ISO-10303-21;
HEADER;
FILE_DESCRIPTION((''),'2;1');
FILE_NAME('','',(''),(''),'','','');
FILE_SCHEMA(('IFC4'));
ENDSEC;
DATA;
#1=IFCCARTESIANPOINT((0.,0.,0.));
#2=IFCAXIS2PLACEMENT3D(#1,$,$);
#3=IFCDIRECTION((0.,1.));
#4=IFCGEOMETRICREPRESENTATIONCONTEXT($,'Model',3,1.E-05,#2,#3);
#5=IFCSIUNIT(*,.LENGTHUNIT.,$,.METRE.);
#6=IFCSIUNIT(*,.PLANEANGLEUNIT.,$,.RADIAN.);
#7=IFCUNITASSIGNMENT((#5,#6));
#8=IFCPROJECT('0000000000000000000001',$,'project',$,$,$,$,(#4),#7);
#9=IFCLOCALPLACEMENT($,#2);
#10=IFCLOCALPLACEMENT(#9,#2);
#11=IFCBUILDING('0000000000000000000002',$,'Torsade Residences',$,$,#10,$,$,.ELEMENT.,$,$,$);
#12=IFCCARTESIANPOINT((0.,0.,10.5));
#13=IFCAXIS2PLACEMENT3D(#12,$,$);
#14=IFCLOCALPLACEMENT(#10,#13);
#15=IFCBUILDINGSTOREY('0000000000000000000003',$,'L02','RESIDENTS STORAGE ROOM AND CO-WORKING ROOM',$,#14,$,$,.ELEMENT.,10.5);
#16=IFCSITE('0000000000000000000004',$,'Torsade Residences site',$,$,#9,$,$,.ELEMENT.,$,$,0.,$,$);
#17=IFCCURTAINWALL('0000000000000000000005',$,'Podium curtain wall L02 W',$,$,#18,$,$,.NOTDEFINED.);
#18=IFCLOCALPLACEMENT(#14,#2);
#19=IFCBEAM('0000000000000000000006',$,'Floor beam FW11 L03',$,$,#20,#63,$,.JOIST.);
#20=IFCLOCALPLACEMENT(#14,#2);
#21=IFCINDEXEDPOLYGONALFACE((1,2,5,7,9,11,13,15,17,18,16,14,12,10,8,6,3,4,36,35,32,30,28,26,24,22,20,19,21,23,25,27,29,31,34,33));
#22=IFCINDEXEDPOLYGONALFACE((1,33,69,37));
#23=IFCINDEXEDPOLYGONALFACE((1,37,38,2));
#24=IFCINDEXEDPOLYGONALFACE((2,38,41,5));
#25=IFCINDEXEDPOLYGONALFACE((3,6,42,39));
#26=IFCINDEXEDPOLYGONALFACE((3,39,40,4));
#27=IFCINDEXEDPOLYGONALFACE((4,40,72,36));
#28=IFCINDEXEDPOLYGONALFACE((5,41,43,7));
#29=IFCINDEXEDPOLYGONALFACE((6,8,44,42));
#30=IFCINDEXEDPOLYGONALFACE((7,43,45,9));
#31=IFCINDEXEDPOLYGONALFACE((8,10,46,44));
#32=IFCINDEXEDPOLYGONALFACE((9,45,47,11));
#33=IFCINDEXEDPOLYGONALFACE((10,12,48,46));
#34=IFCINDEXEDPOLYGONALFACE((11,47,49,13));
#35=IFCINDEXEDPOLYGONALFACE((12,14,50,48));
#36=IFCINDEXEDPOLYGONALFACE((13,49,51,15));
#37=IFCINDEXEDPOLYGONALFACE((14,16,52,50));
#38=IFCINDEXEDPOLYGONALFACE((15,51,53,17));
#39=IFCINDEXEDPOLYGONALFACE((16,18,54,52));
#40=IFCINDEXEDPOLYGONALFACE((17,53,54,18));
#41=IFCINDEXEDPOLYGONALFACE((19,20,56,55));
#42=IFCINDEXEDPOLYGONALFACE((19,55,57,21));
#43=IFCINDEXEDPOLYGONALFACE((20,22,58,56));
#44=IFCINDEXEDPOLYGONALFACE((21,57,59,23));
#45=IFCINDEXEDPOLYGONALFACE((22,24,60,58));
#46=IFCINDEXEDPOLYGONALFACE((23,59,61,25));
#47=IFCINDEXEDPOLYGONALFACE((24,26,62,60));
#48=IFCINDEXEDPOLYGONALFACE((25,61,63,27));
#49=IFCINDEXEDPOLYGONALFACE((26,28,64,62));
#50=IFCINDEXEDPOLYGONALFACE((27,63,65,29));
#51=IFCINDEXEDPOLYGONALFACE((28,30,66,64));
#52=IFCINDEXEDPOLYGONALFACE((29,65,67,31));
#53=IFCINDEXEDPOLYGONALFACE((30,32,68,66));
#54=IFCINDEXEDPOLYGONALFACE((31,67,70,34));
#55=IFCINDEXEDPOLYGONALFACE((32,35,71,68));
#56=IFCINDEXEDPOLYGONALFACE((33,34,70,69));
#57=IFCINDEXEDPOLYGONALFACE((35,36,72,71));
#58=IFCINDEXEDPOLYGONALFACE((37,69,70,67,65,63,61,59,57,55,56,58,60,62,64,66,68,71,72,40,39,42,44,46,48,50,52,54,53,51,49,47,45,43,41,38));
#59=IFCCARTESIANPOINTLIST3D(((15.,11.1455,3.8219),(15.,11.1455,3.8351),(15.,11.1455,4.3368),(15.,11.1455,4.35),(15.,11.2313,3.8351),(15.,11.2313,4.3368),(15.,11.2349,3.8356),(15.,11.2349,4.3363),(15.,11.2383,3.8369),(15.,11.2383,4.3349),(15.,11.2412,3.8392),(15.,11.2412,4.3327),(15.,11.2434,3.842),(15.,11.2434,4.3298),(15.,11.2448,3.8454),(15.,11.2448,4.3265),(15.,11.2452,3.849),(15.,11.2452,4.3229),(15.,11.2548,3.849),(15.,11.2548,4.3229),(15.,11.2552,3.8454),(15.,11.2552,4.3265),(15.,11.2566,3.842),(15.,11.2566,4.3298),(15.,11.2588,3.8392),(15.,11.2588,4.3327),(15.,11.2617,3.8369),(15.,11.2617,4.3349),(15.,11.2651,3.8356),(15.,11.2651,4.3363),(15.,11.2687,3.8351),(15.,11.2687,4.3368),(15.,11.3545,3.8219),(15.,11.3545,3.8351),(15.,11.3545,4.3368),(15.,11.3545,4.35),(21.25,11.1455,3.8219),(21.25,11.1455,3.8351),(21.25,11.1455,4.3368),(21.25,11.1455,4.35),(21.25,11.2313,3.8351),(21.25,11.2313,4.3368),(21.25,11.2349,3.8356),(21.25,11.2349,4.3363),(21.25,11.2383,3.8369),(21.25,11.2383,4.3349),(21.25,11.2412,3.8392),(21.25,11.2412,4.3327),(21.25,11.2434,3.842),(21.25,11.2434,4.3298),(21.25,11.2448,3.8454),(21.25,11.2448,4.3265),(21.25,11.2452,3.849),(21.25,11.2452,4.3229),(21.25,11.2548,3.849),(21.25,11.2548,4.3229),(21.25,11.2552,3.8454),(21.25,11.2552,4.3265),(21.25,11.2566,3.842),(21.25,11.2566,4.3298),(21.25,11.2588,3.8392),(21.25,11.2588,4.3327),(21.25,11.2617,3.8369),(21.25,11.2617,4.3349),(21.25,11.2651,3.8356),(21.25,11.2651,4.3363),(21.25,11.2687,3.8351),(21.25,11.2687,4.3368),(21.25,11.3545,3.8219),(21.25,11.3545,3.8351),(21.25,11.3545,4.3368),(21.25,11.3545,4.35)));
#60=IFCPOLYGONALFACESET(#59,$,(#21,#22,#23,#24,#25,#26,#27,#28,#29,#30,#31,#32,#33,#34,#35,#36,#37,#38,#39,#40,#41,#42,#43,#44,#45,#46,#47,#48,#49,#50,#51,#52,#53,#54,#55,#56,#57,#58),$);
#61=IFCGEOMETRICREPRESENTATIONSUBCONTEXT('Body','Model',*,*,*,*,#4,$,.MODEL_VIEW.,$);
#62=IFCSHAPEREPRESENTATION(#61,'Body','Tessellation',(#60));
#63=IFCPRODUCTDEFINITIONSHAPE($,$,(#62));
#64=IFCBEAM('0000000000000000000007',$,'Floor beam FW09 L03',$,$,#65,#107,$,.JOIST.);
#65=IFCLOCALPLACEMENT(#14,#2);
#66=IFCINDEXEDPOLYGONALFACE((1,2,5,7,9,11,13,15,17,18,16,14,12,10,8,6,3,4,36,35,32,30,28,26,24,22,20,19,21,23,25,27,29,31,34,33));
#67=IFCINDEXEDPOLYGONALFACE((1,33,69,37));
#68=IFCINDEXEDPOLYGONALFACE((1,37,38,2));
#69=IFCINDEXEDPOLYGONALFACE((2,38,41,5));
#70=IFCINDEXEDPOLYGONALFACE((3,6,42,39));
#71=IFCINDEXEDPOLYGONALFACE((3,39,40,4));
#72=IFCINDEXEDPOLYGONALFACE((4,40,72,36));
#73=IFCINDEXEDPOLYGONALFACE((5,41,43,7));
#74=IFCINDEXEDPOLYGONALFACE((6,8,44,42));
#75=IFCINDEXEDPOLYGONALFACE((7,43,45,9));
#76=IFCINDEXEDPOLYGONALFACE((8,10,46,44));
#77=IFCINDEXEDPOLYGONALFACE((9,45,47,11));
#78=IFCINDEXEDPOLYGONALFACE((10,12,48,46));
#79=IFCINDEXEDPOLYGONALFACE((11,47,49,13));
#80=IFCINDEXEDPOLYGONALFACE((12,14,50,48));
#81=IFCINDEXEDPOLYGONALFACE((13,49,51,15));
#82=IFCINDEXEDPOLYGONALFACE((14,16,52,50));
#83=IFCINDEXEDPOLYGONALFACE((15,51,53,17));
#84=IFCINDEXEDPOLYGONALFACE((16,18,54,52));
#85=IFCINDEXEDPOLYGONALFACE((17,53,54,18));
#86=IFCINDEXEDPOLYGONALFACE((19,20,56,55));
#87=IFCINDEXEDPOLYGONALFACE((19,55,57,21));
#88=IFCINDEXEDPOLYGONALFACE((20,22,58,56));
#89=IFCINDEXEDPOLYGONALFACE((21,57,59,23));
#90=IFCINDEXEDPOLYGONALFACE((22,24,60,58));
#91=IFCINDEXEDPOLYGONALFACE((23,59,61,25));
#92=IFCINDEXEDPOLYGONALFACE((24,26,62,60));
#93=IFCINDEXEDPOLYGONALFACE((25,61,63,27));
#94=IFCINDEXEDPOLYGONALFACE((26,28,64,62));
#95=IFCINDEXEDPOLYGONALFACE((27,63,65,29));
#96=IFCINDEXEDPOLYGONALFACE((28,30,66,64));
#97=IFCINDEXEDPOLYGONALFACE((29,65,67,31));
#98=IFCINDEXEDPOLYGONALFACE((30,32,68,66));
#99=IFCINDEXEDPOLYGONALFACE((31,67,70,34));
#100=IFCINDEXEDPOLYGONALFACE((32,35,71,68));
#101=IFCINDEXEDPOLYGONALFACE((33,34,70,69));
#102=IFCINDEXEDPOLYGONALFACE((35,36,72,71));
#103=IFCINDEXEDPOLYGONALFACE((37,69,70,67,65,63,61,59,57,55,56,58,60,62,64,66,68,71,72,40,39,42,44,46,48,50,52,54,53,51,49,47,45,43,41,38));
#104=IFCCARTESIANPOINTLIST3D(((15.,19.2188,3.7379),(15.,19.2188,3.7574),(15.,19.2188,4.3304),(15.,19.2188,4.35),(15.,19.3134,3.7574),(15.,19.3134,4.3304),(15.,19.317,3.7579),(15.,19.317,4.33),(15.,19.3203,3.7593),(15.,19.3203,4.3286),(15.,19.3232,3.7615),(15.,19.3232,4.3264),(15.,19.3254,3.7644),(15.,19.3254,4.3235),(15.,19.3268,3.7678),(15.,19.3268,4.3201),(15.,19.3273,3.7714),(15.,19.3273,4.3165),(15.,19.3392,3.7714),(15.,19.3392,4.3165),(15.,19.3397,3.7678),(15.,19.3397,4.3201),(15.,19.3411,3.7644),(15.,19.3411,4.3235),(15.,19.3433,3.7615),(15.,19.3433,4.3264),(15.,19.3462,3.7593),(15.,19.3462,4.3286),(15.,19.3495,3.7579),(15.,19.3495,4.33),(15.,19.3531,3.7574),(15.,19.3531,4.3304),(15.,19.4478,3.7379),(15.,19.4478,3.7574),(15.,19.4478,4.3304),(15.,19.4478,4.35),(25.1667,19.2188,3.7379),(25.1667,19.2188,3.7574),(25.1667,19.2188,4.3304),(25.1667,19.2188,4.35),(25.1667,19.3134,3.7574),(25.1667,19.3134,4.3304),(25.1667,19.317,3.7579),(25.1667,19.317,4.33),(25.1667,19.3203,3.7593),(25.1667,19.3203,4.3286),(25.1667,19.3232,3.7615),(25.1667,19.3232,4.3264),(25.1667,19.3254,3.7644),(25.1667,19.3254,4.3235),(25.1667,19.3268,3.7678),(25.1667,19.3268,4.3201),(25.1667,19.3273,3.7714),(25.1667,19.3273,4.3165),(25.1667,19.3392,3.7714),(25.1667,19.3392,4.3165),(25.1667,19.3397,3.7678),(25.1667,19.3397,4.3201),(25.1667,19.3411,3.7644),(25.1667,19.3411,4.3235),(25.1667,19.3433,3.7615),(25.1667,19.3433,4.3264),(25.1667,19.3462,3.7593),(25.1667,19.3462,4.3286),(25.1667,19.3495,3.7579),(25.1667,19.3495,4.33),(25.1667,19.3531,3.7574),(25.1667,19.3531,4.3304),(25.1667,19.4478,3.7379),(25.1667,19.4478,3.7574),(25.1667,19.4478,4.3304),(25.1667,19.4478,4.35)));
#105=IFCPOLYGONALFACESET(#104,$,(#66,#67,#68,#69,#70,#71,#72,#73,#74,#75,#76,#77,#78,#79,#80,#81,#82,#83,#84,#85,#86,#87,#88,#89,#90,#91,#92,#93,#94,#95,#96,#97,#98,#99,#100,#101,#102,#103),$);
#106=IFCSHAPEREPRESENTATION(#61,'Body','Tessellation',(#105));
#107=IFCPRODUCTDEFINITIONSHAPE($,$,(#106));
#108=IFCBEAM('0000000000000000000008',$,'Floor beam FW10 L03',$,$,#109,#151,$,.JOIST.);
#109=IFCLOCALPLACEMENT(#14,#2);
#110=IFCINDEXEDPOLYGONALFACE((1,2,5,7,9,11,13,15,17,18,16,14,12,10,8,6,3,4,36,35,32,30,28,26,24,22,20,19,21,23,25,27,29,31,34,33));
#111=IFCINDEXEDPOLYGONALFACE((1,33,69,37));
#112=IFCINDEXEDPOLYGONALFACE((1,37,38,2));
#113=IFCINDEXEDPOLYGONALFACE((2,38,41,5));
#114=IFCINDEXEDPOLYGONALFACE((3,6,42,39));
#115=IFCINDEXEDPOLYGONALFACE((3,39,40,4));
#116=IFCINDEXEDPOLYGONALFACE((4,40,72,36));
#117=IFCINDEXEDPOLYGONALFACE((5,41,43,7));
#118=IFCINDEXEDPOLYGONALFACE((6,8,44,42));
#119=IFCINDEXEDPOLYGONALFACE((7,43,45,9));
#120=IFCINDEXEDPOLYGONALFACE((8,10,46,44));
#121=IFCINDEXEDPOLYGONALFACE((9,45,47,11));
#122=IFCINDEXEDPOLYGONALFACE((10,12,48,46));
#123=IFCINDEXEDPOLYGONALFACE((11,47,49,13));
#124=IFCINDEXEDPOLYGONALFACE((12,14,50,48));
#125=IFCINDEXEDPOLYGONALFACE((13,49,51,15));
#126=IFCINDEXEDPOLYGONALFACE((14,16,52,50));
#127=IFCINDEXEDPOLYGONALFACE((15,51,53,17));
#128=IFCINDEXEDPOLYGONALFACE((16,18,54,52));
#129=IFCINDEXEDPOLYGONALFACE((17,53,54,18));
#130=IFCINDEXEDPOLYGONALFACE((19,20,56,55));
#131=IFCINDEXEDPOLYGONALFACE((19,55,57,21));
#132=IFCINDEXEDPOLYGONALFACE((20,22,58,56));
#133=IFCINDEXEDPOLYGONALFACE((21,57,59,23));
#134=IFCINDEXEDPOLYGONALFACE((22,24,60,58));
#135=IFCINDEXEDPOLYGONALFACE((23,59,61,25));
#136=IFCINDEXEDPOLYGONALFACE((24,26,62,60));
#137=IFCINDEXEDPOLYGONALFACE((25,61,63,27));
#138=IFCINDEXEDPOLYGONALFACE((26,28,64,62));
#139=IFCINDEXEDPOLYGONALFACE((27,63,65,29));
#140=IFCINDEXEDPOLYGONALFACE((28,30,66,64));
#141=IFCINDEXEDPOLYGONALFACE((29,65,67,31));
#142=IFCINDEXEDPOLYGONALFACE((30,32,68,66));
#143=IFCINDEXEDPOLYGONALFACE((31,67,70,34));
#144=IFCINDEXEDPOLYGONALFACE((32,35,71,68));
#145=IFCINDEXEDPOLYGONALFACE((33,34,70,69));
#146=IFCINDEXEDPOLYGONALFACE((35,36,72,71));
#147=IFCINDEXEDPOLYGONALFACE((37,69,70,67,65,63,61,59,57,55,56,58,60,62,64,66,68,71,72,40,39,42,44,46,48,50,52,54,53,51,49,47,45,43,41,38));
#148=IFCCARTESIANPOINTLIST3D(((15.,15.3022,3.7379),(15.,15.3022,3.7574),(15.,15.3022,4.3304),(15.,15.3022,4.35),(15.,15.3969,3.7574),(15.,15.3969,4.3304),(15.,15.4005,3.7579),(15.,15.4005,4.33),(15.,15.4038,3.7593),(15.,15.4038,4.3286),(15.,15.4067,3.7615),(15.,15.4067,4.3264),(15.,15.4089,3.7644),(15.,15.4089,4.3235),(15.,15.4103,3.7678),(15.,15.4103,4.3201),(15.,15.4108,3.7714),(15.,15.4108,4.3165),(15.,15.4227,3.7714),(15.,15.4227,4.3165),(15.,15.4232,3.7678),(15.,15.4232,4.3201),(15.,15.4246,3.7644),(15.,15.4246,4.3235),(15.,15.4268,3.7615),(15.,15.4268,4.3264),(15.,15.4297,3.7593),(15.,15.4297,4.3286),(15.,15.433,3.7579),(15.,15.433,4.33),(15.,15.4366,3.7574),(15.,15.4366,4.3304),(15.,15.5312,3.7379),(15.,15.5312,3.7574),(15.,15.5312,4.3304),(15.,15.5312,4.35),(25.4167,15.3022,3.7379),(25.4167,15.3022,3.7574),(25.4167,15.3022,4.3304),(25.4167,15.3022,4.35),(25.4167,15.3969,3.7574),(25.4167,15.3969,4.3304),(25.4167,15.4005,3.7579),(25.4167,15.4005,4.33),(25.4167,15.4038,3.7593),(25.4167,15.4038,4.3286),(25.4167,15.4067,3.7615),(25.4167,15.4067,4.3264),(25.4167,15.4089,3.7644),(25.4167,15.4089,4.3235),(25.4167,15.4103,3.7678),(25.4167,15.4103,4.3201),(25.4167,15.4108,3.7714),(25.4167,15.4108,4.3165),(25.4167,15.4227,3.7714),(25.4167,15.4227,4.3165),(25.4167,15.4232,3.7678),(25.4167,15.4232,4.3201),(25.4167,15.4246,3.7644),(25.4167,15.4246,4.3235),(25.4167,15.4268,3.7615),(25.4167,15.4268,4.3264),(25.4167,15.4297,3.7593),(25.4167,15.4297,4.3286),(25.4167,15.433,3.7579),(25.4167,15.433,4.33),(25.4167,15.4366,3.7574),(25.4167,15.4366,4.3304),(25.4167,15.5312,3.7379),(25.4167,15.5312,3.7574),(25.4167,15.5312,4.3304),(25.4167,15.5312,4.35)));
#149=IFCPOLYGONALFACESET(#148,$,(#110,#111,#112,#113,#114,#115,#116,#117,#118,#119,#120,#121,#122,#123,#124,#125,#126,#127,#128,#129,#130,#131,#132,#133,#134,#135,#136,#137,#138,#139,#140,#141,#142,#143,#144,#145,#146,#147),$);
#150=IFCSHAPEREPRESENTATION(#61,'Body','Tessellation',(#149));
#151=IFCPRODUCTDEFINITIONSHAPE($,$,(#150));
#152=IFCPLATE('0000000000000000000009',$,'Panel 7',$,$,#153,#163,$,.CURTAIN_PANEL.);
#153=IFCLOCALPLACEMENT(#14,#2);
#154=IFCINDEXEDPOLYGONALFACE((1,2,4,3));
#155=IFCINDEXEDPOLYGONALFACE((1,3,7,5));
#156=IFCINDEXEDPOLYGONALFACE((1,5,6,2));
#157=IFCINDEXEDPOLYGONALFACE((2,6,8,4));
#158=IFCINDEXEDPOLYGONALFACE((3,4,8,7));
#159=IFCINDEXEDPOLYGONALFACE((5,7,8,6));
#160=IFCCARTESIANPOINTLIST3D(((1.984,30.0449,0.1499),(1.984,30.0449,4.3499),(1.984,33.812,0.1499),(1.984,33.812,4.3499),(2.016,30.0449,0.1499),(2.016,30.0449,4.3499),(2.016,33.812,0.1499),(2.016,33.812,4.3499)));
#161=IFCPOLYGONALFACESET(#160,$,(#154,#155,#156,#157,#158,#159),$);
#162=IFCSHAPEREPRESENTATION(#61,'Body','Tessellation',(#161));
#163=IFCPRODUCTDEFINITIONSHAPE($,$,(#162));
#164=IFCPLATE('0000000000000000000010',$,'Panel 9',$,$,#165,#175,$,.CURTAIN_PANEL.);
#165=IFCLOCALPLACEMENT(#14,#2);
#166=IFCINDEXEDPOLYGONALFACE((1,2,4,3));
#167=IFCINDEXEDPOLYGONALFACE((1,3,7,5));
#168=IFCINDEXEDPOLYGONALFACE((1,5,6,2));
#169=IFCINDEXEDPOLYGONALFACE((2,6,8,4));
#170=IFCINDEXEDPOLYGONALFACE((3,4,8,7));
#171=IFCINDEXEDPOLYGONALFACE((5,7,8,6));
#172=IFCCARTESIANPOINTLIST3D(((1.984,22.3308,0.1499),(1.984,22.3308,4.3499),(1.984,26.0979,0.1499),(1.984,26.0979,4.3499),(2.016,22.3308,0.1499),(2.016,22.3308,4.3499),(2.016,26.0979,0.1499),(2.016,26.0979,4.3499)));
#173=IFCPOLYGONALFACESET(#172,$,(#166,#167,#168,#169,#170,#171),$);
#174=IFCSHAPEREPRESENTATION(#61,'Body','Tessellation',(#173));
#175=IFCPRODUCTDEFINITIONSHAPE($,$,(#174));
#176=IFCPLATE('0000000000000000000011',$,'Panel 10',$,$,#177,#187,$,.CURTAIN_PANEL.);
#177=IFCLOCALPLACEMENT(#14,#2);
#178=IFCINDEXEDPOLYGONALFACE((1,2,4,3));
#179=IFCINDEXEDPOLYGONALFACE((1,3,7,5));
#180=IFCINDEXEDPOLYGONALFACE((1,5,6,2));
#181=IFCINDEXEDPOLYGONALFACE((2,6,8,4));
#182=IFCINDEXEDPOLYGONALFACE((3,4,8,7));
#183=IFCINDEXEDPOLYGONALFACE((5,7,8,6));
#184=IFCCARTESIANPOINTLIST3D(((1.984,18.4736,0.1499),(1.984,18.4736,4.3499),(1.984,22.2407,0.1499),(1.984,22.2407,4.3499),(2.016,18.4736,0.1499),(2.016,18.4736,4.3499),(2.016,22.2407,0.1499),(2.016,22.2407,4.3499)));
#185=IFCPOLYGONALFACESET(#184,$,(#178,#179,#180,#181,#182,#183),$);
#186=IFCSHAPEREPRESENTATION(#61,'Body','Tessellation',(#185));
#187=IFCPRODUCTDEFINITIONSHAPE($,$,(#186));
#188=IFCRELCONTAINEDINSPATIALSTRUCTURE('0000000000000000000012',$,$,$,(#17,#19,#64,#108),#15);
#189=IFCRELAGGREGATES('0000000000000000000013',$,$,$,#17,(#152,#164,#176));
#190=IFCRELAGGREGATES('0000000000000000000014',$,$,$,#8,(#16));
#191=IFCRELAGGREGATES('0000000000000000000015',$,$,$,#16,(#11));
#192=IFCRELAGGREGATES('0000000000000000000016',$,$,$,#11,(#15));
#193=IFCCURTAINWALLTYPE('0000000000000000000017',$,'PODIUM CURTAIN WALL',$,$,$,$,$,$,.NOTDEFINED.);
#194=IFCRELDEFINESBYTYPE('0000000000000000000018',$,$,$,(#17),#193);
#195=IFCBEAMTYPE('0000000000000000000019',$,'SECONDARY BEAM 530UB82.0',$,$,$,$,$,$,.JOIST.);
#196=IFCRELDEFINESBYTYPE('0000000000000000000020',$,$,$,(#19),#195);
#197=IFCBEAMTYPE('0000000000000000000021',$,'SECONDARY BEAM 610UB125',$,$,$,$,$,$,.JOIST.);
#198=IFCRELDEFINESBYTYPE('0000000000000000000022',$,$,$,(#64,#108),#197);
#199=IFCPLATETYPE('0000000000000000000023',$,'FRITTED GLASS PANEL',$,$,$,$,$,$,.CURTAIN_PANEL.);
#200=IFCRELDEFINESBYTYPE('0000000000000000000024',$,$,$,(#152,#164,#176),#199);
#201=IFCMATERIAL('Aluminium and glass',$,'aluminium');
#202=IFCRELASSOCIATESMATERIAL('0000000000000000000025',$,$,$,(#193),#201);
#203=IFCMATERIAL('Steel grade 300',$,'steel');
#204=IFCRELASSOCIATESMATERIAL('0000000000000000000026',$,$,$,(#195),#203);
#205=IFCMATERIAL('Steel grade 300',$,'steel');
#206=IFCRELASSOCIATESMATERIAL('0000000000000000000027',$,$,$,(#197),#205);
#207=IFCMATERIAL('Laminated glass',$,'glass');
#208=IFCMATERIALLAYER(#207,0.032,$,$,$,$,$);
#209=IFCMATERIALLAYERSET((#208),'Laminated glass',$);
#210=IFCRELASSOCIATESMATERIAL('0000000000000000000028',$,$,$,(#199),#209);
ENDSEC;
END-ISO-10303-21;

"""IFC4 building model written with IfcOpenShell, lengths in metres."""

from ifc_helpers import new_model, si_unit, direction, frame, origin, origin_2d, place, context, subcontext, project, spatial, rectangle, i_section, extrude, material, layer, layer_set, material_profile, profile_set, type_object, element, aggregate, save


model = new_model("IFC4")

# Units and contexts
model_context = context("Model", 3, precision=1e-05, world=origin(), true_north=direction((0.0, 1.0)))
body_context = subcontext(model_context, "Body", "Model", "MODEL_VIEW")
ifc_project = project(units=[si_unit("LENGTHUNIT", "METRE"), si_unit("PLANEANGLEUNIT", "RADIAN")], contexts=[model_context])

# Site, building, storey
site_placement = place(None, origin())
site = spatial("IfcSite", under=ifc_project, at=site_placement, Name="Torsade Residences site", CompositionType="ELEMENT", RefElevation=0.0)
building_placement = place(site_placement, origin())
building = spatial("IfcBuilding", under=site, at=building_placement, Name="Torsade Residences", CompositionType="ELEMENT")
storey_placement = place(building_placement, frame((0.0, 0.0, 10.5)))
storey = spatial("IfcBuildingStorey", under=building, at=storey_placement, Name="L02", Description="RESIDENTS STORAGE ROOM AND CO-WORKING ROOM", CompositionType="ELEMENT", Elevation=10.5)

# Curtain wall
ifc_material_1 = material(Name="Aluminium and glass", Category="aluminium")
curtain_wall_type = type_object("IfcCurtainWallType", Name="PODIUM CURTAIN WALL", PredefinedType="NOTDEFINED", material=ifc_material_1)
curtain_wall_placement = place(storey_placement, origin())
curtain_wall = element("IfcCurtainWall", 1, at=curtain_wall_placement, inside=storey, type_object=curtain_wall_type, Name="Podium curtain wall L02 W", PredefinedType="NOTDEFINED")

# Beams
ifc_material_2 = material(Name="Steel grade 300", Category="steel")
ifc_material_profile_1 = material_profile(ifc_material_2, i_section(OverallWidth=0.209, OverallDepth=0.5281, WebThickness=0.0095, FlangeThickness=0.0132, FilletRadius=0.0139, at=origin_2d()), Name="530UB82.0")
ifc_profile_set_1 = profile_set([ifc_material_profile_1], Name="Steel grade 300")
beam_type_1 = type_object("IfcBeamType", Name="SECONDARY BEAM 530UB82.0", PredefinedType="JOIST", material=ifc_profile_set_1)
beam_1_placement = place(storey_placement, frame((15.0, 11.25, 4.0859), z_axis=(1.0, 0.0, 0.0), x_axis=(0.0, 1.0, 0.0)))
element("IfcBeam", 2, at=beam_1_placement, inside=storey, type_object=beam_type_1, Name="Floor beam FW11 L03", PredefinedType="JOIST", context=body_context, shape_type="SweptSolid", body=[
    extrude(i_section(OverallWidth=0.209, OverallDepth=0.5281, WebThickness=0.0095, FlangeThickness=0.0132, FilletRadius=0.0139, at=origin_2d()), origin(), (0.0, 0.0, 1.0), 6.25),
])
ifc_material_3 = material(Name="Steel grade 300", Category="steel")
ifc_material_profile_2 = material_profile(ifc_material_3, i_section(OverallWidth=0.229, OverallDepth=0.6121, WebThickness=0.012, FlangeThickness=0.0195, FilletRadius=0.0139, at=origin_2d()), Name="610UB125")
ifc_profile_set_2 = profile_set([ifc_material_profile_2], Name="Steel grade 300")
beam_type_2 = type_object("IfcBeamType", Name="SECONDARY BEAM 610UB125", PredefinedType="JOIST", material=ifc_profile_set_2)
beam_2_placement = place(storey_placement, frame((15.0, 19.3333, 4.0439), z_axis=(1.0, 0.0, 0.0), x_axis=(0.0, 1.0, 0.0)))
element("IfcBeam", 3, at=beam_2_placement, inside=storey, type_object=beam_type_2, Name="Floor beam FW09 L03", PredefinedType="JOIST", context=body_context, shape_type="SweptSolid", body=[
    extrude(i_section(OverallWidth=0.229, OverallDepth=0.6121, WebThickness=0.012, FlangeThickness=0.0195, FilletRadius=0.0139, at=origin_2d()), origin(), (0.0, 0.0, 1.0), 10.1667),
])
beam_3_placement = place(storey_placement, frame((15.0, 15.4167, 4.0439), z_axis=(1.0, 0.0, 0.0), x_axis=(0.0, 1.0, 0.0)))
element("IfcBeam", 4, at=beam_3_placement, inside=storey, type_object=beam_type_2, Name="Floor beam FW10 L03", PredefinedType="JOIST", context=body_context, shape_type="SweptSolid", body=[
    extrude(i_section(OverallWidth=0.229, OverallDepth=0.6121, WebThickness=0.012, FlangeThickness=0.0195, FilletRadius=0.0139, at=origin_2d()), origin(), (0.0, 0.0, 1.0), 10.4167),
])

# Plates
ifc_material_4 = material(Name="Laminated glass", Category="glass")
ifc_layer_1 = layer(ifc_material_4, 0.032)
ifc_layer_set_1 = layer_set([ifc_layer_1], Name="Laminated glass")
plate_type_1 = type_object("IfcPlateType", Name="FRITTED GLASS PANEL", PredefinedType="CURTAIN_PANEL", material=ifc_layer_set_1)
plate_1_placement = place(storey_placement, frame((2.0, 31.9285, 0.1499), z_axis=(0.0, 0.0, 1.0), x_axis=(0.0, -1.0, 0.0)))
plate_1 = element("IfcPlate", 5, at=plate_1_placement, type_object=plate_type_1, Name="Panel 7", PredefinedType="CURTAIN_PANEL", context=body_context, shape_type="SweptSolid", body=[
    extrude(rectangle(XDim=3.7671, YDim=0.032, at=origin_2d()), origin(), (0.0, 0.0, 1.0), 4.2),
])
plate_2_placement = place(storey_placement, frame((2.0, 24.2144, 0.1499), z_axis=(0.0, 0.0, 1.0), x_axis=(0.0, -1.0, 0.0)))
plate_2 = element("IfcPlate", 6, at=plate_2_placement, type_object=plate_type_1, Name="Panel 9", PredefinedType="CURTAIN_PANEL", context=body_context, shape_type="SweptSolid", body=[
    extrude(rectangle(XDim=3.7671, YDim=0.032, at=origin_2d()), origin(), (0.0, 0.0, 1.0), 4.2),
])
plate_3_placement = place(storey_placement, frame((2.0, 20.3572, 0.1499), z_axis=(0.0, 0.0, 1.0), x_axis=(0.0, -1.0, 0.0)))
plate_3 = element("IfcPlate", 7, at=plate_3_placement, type_object=plate_type_1, Name="Panel 10", PredefinedType="CURTAIN_PANEL", context=body_context, shape_type="SweptSolid", body=[
    extrude(rectangle(XDim=3.7671, YDim=0.032, at=origin_2d()), origin(), (0.0, 0.0, 1.0), 4.2),
])
aggregate(curtain_wall, [plate_1, plate_2, plate_3])

save(model, "model.ifc")
